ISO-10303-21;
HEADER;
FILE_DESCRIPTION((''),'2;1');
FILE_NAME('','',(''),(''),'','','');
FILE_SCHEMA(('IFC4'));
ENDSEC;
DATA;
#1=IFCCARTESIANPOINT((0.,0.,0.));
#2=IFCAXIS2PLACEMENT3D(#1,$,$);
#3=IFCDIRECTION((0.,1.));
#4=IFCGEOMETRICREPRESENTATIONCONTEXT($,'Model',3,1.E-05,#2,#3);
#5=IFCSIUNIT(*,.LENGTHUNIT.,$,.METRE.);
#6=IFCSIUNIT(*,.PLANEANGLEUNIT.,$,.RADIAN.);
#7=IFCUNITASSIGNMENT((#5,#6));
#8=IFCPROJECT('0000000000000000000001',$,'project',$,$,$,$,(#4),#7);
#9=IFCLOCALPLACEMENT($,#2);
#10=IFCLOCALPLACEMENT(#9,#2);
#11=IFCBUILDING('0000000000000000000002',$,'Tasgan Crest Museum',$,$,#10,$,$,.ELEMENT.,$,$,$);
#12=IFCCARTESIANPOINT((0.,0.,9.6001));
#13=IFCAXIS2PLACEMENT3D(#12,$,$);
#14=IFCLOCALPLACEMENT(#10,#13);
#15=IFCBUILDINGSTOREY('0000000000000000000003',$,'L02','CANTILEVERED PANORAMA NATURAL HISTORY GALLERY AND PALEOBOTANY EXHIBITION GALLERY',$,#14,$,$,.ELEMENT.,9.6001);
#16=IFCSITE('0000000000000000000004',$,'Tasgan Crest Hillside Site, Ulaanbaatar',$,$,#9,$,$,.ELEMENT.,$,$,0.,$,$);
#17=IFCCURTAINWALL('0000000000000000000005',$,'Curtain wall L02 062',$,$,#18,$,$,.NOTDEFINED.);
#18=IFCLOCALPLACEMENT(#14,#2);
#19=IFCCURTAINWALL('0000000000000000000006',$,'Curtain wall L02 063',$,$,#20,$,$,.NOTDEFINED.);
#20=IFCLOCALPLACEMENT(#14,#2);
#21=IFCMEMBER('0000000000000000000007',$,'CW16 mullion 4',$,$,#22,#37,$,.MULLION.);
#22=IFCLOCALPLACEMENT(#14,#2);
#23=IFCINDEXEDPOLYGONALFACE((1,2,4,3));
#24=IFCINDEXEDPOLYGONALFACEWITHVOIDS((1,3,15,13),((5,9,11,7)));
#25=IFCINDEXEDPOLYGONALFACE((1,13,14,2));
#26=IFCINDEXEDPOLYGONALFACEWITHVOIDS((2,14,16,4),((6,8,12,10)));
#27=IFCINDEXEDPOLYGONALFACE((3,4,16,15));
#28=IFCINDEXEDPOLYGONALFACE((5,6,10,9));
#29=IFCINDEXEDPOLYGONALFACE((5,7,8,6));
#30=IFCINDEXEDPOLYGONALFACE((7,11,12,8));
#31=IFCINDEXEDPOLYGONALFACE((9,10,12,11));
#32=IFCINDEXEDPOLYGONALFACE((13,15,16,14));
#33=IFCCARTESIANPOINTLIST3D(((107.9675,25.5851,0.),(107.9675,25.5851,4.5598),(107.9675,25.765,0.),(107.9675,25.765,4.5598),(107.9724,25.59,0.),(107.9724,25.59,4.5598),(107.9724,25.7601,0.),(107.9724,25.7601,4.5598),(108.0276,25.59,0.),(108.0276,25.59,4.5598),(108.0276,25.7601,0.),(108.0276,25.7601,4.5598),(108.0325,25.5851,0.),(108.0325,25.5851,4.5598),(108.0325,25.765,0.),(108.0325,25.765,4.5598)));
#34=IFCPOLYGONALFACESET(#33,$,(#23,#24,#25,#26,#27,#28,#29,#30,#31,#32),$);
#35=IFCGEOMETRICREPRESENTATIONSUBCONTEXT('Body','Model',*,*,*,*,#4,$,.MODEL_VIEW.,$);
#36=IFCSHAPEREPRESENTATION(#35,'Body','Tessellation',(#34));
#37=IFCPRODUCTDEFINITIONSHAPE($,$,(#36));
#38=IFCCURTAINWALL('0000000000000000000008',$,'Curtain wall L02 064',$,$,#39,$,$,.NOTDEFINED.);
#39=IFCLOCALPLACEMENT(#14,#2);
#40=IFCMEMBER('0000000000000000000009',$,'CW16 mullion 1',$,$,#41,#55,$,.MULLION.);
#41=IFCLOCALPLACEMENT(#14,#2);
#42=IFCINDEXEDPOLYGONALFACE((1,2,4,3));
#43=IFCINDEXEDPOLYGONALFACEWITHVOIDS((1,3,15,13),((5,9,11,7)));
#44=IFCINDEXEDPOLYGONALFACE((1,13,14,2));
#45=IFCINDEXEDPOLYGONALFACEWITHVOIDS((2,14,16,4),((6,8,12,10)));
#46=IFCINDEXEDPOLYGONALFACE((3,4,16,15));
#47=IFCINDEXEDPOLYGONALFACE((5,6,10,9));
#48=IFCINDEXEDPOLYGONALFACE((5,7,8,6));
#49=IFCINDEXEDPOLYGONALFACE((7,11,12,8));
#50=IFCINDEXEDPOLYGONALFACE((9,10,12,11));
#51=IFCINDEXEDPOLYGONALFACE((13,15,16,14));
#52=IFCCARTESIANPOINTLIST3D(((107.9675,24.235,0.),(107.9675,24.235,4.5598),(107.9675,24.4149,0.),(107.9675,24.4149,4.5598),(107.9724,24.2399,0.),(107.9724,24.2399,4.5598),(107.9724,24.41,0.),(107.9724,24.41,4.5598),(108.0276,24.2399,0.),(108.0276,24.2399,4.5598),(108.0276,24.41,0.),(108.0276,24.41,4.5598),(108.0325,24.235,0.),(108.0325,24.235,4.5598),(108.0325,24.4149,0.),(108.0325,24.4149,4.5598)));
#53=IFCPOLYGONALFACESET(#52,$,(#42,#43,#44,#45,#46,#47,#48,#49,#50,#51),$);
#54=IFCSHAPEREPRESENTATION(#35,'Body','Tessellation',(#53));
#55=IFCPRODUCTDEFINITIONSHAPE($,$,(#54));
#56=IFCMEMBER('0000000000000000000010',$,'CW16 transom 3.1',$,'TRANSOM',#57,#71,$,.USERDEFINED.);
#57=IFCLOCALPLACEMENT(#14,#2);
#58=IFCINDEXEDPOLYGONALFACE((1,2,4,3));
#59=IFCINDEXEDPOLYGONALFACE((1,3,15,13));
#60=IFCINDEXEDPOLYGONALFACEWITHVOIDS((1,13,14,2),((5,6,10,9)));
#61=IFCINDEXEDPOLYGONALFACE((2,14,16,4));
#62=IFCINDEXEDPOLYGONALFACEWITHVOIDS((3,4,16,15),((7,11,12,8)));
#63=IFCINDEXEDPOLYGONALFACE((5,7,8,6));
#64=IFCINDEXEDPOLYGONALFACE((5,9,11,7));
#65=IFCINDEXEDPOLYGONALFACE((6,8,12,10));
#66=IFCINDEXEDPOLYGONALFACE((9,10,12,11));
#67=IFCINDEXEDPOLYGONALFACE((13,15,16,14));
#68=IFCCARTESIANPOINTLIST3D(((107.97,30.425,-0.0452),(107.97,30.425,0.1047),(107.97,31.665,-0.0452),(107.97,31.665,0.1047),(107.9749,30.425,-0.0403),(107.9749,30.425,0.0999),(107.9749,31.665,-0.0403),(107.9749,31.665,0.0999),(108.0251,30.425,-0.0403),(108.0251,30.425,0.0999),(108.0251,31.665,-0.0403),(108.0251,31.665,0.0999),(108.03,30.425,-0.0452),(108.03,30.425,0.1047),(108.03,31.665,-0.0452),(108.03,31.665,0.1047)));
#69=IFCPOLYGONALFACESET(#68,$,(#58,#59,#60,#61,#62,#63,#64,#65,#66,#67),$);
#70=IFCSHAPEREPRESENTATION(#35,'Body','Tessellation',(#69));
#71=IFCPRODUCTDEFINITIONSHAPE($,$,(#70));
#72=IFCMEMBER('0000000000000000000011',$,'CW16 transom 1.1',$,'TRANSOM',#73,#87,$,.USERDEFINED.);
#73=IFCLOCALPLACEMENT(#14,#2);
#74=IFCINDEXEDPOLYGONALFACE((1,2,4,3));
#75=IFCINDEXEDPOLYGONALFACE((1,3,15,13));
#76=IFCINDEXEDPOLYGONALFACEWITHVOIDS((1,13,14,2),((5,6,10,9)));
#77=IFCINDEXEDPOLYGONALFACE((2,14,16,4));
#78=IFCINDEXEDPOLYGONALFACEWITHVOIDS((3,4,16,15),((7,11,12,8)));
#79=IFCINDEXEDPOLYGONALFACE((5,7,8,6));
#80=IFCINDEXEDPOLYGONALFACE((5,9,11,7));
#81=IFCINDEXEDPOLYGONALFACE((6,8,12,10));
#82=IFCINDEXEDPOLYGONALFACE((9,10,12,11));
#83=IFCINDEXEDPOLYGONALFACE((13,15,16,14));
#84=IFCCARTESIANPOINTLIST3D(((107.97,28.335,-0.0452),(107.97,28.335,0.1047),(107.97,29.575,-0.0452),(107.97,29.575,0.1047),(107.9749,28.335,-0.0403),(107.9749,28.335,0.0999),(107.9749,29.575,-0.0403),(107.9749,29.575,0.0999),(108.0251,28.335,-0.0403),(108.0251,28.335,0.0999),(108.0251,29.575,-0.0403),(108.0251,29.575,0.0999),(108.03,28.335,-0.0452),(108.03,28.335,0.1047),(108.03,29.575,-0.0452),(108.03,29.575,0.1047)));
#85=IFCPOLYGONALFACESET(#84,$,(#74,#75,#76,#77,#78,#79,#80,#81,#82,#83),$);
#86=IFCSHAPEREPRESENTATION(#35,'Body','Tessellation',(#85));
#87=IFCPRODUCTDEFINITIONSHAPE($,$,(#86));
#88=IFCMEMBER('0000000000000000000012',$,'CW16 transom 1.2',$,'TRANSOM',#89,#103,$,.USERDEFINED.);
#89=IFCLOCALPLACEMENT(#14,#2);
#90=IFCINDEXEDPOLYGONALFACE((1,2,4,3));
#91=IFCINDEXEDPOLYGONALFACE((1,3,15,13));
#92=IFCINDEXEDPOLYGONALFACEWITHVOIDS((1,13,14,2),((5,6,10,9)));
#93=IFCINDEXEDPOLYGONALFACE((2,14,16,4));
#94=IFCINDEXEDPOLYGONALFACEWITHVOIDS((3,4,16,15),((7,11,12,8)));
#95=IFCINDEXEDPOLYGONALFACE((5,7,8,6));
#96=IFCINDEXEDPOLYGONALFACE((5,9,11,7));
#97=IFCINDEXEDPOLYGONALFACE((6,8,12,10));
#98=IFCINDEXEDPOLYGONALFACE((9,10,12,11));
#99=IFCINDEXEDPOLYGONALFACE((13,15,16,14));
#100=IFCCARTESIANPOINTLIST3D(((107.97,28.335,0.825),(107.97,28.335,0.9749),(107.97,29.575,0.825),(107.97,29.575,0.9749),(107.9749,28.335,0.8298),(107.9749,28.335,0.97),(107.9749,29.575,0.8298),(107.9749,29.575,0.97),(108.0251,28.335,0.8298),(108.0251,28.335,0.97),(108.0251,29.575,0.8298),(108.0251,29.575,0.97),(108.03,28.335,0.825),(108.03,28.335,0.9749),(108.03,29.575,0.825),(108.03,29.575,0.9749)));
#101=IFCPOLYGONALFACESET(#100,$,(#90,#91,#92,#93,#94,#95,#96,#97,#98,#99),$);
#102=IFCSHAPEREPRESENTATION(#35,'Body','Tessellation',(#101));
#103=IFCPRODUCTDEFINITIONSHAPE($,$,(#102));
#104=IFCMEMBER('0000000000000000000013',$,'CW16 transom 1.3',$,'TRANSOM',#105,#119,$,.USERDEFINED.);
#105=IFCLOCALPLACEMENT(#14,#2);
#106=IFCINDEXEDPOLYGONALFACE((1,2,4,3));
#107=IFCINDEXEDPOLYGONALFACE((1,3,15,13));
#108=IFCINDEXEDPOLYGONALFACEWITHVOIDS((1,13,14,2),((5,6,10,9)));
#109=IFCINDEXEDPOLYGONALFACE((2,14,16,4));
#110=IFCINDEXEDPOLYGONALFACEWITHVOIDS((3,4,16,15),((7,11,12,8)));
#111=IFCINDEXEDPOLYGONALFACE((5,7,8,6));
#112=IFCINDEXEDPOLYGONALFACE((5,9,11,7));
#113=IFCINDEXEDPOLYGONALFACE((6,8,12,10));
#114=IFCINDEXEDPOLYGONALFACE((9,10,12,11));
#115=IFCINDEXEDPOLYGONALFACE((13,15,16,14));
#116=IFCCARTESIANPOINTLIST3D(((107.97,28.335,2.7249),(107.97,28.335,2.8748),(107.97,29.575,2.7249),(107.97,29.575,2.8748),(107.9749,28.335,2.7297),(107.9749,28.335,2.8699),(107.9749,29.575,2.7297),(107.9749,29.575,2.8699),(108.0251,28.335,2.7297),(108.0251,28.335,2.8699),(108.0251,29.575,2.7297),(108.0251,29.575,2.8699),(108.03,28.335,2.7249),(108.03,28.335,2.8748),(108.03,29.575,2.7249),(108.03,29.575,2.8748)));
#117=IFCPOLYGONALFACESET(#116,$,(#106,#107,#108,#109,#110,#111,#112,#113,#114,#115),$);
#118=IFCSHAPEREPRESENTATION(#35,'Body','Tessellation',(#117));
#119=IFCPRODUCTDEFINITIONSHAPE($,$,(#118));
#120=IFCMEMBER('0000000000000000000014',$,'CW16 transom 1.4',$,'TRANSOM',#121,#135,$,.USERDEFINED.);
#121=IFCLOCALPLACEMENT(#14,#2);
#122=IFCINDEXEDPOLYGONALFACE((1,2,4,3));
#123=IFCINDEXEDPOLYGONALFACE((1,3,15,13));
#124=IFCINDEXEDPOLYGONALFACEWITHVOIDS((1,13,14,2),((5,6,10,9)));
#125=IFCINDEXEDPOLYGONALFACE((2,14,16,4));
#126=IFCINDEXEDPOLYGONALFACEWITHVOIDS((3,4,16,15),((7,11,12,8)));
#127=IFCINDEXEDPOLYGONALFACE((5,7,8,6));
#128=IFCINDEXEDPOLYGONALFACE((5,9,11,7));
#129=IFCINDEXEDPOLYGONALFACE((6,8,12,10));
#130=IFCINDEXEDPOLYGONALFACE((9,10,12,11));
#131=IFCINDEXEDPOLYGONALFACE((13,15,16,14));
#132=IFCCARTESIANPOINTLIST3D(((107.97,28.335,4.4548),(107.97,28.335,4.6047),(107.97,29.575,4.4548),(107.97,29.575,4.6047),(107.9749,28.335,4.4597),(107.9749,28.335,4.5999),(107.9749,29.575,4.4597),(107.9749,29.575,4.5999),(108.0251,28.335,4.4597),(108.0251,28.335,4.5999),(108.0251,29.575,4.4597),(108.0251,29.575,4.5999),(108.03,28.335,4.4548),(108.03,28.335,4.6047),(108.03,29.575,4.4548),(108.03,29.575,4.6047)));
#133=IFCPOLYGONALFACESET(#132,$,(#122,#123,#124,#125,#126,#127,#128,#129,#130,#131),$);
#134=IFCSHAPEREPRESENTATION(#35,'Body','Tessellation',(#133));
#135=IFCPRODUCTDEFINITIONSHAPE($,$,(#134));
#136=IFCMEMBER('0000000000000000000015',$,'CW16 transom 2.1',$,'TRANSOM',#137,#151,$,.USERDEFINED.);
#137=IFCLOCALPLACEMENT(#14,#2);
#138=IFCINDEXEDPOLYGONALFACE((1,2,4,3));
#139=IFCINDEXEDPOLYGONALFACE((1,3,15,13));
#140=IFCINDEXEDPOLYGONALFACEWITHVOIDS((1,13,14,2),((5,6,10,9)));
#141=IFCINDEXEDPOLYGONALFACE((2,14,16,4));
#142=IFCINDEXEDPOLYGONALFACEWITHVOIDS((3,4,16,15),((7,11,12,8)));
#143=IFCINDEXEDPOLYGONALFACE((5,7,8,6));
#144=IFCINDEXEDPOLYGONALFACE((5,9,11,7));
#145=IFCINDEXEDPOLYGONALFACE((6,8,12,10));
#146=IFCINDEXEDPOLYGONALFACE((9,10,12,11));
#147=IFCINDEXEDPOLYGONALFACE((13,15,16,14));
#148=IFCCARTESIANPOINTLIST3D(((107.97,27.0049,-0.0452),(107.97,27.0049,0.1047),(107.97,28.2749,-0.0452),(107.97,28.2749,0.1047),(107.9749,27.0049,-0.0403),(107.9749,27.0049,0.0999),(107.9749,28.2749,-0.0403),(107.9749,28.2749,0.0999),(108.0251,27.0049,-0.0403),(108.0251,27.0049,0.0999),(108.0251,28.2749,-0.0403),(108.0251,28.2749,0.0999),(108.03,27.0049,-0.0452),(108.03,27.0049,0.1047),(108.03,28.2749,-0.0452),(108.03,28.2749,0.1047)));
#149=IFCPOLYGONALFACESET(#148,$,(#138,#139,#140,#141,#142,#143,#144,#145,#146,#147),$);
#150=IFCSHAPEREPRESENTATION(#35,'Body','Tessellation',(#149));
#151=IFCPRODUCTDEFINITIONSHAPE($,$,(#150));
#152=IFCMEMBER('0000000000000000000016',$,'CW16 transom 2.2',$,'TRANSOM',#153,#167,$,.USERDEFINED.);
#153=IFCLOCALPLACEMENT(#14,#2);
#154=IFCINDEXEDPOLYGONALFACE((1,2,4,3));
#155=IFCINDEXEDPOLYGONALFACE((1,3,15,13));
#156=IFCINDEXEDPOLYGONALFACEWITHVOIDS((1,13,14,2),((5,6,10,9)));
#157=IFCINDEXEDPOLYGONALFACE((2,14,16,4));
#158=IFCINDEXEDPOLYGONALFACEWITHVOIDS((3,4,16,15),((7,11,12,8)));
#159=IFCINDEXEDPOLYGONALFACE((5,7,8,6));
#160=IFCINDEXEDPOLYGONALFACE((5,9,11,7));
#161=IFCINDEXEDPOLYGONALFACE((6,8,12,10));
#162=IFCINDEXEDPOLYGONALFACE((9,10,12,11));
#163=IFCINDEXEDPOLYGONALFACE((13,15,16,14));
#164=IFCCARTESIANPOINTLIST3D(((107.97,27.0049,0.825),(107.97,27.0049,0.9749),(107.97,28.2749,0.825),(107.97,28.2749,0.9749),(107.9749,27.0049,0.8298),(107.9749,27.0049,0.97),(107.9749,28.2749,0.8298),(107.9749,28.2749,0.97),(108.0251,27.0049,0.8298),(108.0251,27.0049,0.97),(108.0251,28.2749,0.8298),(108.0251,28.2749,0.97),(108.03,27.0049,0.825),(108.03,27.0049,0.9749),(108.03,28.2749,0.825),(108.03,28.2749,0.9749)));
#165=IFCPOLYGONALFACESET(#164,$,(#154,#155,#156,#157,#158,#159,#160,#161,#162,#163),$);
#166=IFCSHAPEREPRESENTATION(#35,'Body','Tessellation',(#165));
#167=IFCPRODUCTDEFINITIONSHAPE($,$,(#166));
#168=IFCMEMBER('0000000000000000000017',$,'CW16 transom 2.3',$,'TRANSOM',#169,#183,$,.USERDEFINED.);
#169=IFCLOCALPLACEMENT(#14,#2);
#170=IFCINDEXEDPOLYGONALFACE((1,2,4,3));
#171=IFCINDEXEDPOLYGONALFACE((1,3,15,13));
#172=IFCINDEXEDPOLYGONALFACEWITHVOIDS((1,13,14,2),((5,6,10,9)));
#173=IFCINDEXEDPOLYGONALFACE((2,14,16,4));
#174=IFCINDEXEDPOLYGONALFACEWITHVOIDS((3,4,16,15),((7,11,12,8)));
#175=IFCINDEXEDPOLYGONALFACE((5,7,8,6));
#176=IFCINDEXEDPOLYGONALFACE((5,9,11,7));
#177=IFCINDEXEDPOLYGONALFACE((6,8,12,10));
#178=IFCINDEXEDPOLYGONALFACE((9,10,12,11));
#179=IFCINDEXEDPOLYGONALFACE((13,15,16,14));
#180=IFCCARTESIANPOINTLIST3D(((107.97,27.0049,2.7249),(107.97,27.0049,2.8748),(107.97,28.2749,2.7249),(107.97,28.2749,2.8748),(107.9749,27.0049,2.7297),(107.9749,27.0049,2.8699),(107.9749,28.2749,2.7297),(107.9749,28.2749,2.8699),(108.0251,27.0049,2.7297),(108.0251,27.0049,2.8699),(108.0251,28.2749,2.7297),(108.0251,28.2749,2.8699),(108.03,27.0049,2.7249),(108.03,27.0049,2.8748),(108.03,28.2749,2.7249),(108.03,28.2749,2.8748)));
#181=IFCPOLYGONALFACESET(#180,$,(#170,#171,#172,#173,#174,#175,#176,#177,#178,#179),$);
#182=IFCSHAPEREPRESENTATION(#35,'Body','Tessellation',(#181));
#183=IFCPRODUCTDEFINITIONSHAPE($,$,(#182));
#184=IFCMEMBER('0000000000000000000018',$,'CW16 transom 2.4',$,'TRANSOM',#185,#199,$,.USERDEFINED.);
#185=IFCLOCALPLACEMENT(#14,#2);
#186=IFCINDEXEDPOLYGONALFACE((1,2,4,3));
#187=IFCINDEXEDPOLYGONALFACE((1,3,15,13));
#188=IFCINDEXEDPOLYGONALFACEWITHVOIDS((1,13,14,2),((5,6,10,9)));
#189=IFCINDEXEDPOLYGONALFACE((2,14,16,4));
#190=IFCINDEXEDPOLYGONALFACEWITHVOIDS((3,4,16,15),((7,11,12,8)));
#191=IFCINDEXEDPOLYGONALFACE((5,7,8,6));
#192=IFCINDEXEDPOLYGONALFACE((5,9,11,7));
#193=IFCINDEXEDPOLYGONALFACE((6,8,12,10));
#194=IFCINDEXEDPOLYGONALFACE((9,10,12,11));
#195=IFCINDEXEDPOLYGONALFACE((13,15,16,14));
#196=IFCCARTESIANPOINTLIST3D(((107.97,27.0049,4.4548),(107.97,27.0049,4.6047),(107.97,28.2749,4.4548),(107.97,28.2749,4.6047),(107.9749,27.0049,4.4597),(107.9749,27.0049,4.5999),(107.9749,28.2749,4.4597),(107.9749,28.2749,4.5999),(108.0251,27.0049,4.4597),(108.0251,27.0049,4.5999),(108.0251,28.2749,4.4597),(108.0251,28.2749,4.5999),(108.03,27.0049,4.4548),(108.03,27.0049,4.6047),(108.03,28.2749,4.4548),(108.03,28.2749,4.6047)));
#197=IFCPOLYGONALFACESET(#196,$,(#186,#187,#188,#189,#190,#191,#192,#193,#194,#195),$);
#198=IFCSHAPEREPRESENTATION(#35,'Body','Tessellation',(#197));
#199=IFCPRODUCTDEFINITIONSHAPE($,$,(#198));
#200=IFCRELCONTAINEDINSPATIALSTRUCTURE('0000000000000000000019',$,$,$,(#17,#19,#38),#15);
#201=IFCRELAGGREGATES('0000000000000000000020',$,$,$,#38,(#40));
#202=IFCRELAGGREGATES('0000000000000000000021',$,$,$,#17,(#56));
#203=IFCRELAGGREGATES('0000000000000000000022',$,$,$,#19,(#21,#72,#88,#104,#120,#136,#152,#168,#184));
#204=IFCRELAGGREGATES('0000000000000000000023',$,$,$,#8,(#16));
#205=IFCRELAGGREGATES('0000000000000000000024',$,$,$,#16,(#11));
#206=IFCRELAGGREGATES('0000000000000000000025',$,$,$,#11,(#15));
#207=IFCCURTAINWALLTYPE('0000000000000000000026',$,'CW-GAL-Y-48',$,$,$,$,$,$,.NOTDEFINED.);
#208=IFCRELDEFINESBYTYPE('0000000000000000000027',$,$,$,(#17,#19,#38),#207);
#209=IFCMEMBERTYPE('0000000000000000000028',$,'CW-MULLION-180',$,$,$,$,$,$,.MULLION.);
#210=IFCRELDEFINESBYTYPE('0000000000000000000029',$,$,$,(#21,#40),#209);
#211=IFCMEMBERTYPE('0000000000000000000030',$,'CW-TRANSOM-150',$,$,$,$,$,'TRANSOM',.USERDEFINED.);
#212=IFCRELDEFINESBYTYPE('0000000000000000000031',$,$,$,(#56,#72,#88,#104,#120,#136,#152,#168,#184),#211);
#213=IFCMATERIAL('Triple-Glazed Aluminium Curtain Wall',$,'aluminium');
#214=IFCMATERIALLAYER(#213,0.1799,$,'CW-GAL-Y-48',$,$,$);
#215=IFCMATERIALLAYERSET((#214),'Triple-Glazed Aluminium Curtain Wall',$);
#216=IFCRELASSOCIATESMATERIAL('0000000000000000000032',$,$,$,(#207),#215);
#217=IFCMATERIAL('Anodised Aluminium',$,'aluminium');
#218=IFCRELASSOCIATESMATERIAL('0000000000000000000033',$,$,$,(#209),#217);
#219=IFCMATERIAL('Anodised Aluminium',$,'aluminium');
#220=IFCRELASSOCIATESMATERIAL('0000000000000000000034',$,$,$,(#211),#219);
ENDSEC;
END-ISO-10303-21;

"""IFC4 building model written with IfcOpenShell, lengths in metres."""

from ifc_helpers import new_model, si_unit, direction, frame, origin, origin_2d, place, context, subcontext, project, spatial, hollow_rectangle, extrude, material, layer, layer_set, material_profile, profile_set, type_object, element, aggregate, save


model = new_model("IFC4")

# Units and contexts
model_context = context("Model", 3, precision=1e-05, world=origin(), true_north=direction((0.0, 1.0)))
body_context = subcontext(model_context, "Body", "Model", "MODEL_VIEW")
ifc_project = project(units=[si_unit("LENGTHUNIT", "METRE"), si_unit("PLANEANGLEUNIT", "RADIAN")], contexts=[model_context])

# Site, building, storey
site_placement = place(None, origin())
site = spatial("IfcSite", under=ifc_project, at=site_placement, Name="Tasgan Crest Hillside Site, Ulaanbaatar", CompositionType="ELEMENT", RefElevation=0.0)
building_placement = place(site_placement, origin())
building = spatial("IfcBuilding", under=site, at=building_placement, Name="Tasgan Crest Museum", CompositionType="ELEMENT")
storey_placement = place(building_placement, frame((0.0, 0.0, 9.6001)))
storey = spatial("IfcBuildingStorey", under=building, at=storey_placement, Name="L02", Description="CANTILEVERED PANORAMA NATURAL HISTORY GALLERY AND PALEOBOTANY EXHIBITION GALLERY", CompositionType="ELEMENT", Elevation=9.6001)

# Curtain wall
ifc_material_1 = material(Name="Triple-Glazed Aluminium Curtain Wall", Category="aluminium")
ifc_layer_1 = layer(ifc_material_1, 0.1799, Name="CW-GAL-Y-48")
ifc_layer_set_1 = layer_set([ifc_layer_1], Name="Triple-Glazed Aluminium Curtain Wall")
curtain_wall_type = type_object("IfcCurtainWallType", Name="CW-GAL-Y-48", PredefinedType="NOTDEFINED", material=ifc_layer_set_1)
curtain_wall_1_placement = place(storey_placement, origin())
curtain_wall_1 = element("IfcCurtainWall", 1, at=curtain_wall_1_placement, inside=storey, type_object=curtain_wall_type, Name="Curtain wall L02 062", PredefinedType="NOTDEFINED")
ifc_material_2 = material(Name="Anodised Aluminium", Category="aluminium")
ifc_material_profile_1 = material_profile(ifc_material_2, hollow_rectangle(XDim=0.0649, YDim=0.1799, WallThickness=0.0049, at=origin_2d()), Name="ALU MULLION 180x65x5")
ifc_profile_set_1 = profile_set([ifc_material_profile_1], Name="Anodised Aluminium")
member_type_1 = type_object("IfcMemberType", Name="CW-MULLION-180", PredefinedType="MULLION", material=ifc_profile_set_1)

# Curtain wall, member
curtain_wall_2_placement = place(storey_placement, origin())
curtain_wall_2 = element("IfcCurtainWall", 2, at=curtain_wall_2_placement, inside=storey, type_object=curtain_wall_type, Name="Curtain wall L02 063", PredefinedType="NOTDEFINED")
member_1_placement = place(storey_placement, frame((108.0, 25.675, 0.0), z_axis=(0.0, 0.0, 1.0), x_axis=(1.0, 0.0, 0.0)))
member_1 = element("IfcMember", 3, at=member_1_placement, type_object=member_type_1, Name="CW16 mullion 4", PredefinedType="MULLION", context=body_context, shape_type="SweptSolid", body=[
    extrude(hollow_rectangle(XDim=0.0649, YDim=0.1799, WallThickness=0.0049, at=origin_2d()), origin(), (0.0, 0.0, 1.0), 4.5598),
])

# Curtain wall, member
curtain_wall_3_placement = place(storey_placement, origin())
curtain_wall_3 = element("IfcCurtainWall", 4, at=curtain_wall_3_placement, inside=storey, type_object=curtain_wall_type, Name="Curtain wall L02 064", PredefinedType="NOTDEFINED")
member_2_placement = place(storey_placement, frame((108.0, 24.325, 0.0), z_axis=(0.0, 0.0, 1.0), x_axis=(1.0, 0.0, 0.0)))
member_2 = element("IfcMember", 5, at=member_2_placement, type_object=member_type_1, Name="CW16 mullion 1", PredefinedType="MULLION", context=body_context, shape_type="SweptSolid", body=[
    extrude(hollow_rectangle(XDim=0.0649, YDim=0.1799, WallThickness=0.0049, at=origin_2d()), origin(), (0.0, 0.0, 1.0), 4.5598),
])
aggregate(curtain_wall_3, [member_2])

# Members
ifc_material_3 = material(Name="Anodised Aluminium", Category="aluminium")
ifc_material_profile_2 = material_profile(ifc_material_3, hollow_rectangle(XDim=0.0601, YDim=0.1499, WallThickness=0.0049, at=origin_2d()), Name="ALU TRANSOM 150x60x5")
ifc_profile_set_2 = profile_set([ifc_material_profile_2], Name="Anodised Aluminium")
member_type_2 = type_object("IfcMemberType", Name="CW-TRANSOM-150", ElementType="TRANSOM", PredefinedType="USERDEFINED", material=ifc_profile_set_2)
member_3_placement = place(storey_placement, frame((108.0, 31.665, 0.0298), z_axis=(0.0, -1.0, 0.0), x_axis=(1.0, 0.0, 0.0)))
member_3 = element("IfcMember", 6, at=member_3_placement, type_object=member_type_2, Name="CW16 transom 3.1", ObjectType="TRANSOM", PredefinedType="USERDEFINED", context=body_context, shape_type="SweptSolid", body=[
    extrude(hollow_rectangle(XDim=0.0601, YDim=0.1499, WallThickness=0.0049, at=origin_2d()), origin(), (0.0, 0.0, 1.0), 1.24),
])
member_4_placement = place(storey_placement, frame((108.0, 29.575, 0.0298), z_axis=(0.0, -1.0, 0.0), x_axis=(1.0, 0.0, 0.0)))
member_4 = element("IfcMember", 7, at=member_4_placement, type_object=member_type_2, Name="CW16 transom 1.1", ObjectType="TRANSOM", PredefinedType="USERDEFINED", context=body_context, shape_type="SweptSolid", body=[
    extrude(hollow_rectangle(XDim=0.0601, YDim=0.1499, WallThickness=0.0049, at=origin_2d()), origin(), (0.0, 0.0, 1.0), 1.24),
])
member_5_placement = place(storey_placement, frame((108.0, 29.575, 0.8999), z_axis=(0.0, -1.0, 0.0), x_axis=(1.0, 0.0, 0.0)))
member_5 = element("IfcMember", 8, at=member_5_placement, type_object=member_type_2, Name="CW16 transom 1.2", ObjectType="TRANSOM", PredefinedType="USERDEFINED", context=body_context, shape_type="SweptSolid", body=[
    extrude(hollow_rectangle(XDim=0.0601, YDim=0.1499, WallThickness=0.0049, at=origin_2d()), origin(), (0.0, 0.0, 1.0), 1.24),
])
member_6_placement = place(storey_placement, frame((108.0, 29.575, 2.7998), z_axis=(0.0, -1.0, 0.0), x_axis=(1.0, 0.0, 0.0)))
member_6 = element("IfcMember", 9, at=member_6_placement, type_object=member_type_2, Name="CW16 transom 1.3", ObjectType="TRANSOM", PredefinedType="USERDEFINED", context=body_context, shape_type="SweptSolid", body=[
    extrude(hollow_rectangle(XDim=0.0601, YDim=0.1499, WallThickness=0.0049, at=origin_2d()), origin(), (0.0, 0.0, 1.0), 1.24),
])
member_7_placement = place(storey_placement, frame((108.0, 29.575, 4.5298), z_axis=(0.0, -1.0, 0.0), x_axis=(1.0, 0.0, 0.0)))
member_7 = element("IfcMember", 10, at=member_7_placement, type_object=member_type_2, Name="CW16 transom 1.4", ObjectType="TRANSOM", PredefinedType="USERDEFINED", context=body_context, shape_type="SweptSolid", body=[
    extrude(hollow_rectangle(XDim=0.0601, YDim=0.1499, WallThickness=0.0049, at=origin_2d()), origin(), (0.0, 0.0, 1.0), 1.24),
])
member_8_placement = place(storey_placement, frame((108.0, 28.2749, 0.0298), z_axis=(0.0, -1.0, 0.0), x_axis=(1.0, 0.0, 0.0)))
member_8 = element("IfcMember", 11, at=member_8_placement, type_object=member_type_2, Name="CW16 transom 2.1", ObjectType="TRANSOM", PredefinedType="USERDEFINED", context=body_context, shape_type="SweptSolid", body=[
    extrude(hollow_rectangle(XDim=0.0601, YDim=0.1499, WallThickness=0.0049, at=origin_2d()), origin(), (0.0, 0.0, 1.0), 1.27),
])
member_9_placement = place(storey_placement, frame((108.0, 28.2749, 0.8999), z_axis=(0.0, -1.0, 0.0), x_axis=(1.0, 0.0, 0.0)))
member_9 = element("IfcMember", 12, at=member_9_placement, type_object=member_type_2, Name="CW16 transom 2.2", ObjectType="TRANSOM", PredefinedType="USERDEFINED", context=body_context, shape_type="SweptSolid", body=[
    extrude(hollow_rectangle(XDim=0.0601, YDim=0.1499, WallThickness=0.0049, at=origin_2d()), origin(), (0.0, 0.0, 1.0), 1.27),
])
member_10_placement = place(storey_placement, frame((108.0, 28.2749, 2.7998), z_axis=(0.0, -1.0, 0.0), x_axis=(1.0, 0.0, 0.0)))
member_10 = element("IfcMember", 13, at=member_10_placement, type_object=member_type_2, Name="CW16 transom 2.3", ObjectType="TRANSOM", PredefinedType="USERDEFINED", context=body_context, shape_type="SweptSolid", body=[
    extrude(hollow_rectangle(XDim=0.0601, YDim=0.1499, WallThickness=0.0049, at=origin_2d()), origin(), (0.0, 0.0, 1.0), 1.27),
])
member_11_placement = place(storey_placement, frame((108.0, 28.2749, 4.5298), z_axis=(0.0, -1.0, 0.0), x_axis=(1.0, 0.0, 0.0)))
member_11 = element("IfcMember", 14, at=member_11_placement, type_object=member_type_2, Name="CW16 transom 2.4", ObjectType="TRANSOM", PredefinedType="USERDEFINED", context=body_context, shape_type="SweptSolid", body=[
    extrude(hollow_rectangle(XDim=0.0601, YDim=0.1499, WallThickness=0.0049, at=origin_2d()), origin(), (0.0, 0.0, 1.0), 1.27),
])

aggregate(curtain_wall_1, [member_3])
aggregate(curtain_wall_2, [member_1, member_4, member_5, member_6, member_7, member_8, member_9, member_10, member_11])

save(model, "model.ifc")
